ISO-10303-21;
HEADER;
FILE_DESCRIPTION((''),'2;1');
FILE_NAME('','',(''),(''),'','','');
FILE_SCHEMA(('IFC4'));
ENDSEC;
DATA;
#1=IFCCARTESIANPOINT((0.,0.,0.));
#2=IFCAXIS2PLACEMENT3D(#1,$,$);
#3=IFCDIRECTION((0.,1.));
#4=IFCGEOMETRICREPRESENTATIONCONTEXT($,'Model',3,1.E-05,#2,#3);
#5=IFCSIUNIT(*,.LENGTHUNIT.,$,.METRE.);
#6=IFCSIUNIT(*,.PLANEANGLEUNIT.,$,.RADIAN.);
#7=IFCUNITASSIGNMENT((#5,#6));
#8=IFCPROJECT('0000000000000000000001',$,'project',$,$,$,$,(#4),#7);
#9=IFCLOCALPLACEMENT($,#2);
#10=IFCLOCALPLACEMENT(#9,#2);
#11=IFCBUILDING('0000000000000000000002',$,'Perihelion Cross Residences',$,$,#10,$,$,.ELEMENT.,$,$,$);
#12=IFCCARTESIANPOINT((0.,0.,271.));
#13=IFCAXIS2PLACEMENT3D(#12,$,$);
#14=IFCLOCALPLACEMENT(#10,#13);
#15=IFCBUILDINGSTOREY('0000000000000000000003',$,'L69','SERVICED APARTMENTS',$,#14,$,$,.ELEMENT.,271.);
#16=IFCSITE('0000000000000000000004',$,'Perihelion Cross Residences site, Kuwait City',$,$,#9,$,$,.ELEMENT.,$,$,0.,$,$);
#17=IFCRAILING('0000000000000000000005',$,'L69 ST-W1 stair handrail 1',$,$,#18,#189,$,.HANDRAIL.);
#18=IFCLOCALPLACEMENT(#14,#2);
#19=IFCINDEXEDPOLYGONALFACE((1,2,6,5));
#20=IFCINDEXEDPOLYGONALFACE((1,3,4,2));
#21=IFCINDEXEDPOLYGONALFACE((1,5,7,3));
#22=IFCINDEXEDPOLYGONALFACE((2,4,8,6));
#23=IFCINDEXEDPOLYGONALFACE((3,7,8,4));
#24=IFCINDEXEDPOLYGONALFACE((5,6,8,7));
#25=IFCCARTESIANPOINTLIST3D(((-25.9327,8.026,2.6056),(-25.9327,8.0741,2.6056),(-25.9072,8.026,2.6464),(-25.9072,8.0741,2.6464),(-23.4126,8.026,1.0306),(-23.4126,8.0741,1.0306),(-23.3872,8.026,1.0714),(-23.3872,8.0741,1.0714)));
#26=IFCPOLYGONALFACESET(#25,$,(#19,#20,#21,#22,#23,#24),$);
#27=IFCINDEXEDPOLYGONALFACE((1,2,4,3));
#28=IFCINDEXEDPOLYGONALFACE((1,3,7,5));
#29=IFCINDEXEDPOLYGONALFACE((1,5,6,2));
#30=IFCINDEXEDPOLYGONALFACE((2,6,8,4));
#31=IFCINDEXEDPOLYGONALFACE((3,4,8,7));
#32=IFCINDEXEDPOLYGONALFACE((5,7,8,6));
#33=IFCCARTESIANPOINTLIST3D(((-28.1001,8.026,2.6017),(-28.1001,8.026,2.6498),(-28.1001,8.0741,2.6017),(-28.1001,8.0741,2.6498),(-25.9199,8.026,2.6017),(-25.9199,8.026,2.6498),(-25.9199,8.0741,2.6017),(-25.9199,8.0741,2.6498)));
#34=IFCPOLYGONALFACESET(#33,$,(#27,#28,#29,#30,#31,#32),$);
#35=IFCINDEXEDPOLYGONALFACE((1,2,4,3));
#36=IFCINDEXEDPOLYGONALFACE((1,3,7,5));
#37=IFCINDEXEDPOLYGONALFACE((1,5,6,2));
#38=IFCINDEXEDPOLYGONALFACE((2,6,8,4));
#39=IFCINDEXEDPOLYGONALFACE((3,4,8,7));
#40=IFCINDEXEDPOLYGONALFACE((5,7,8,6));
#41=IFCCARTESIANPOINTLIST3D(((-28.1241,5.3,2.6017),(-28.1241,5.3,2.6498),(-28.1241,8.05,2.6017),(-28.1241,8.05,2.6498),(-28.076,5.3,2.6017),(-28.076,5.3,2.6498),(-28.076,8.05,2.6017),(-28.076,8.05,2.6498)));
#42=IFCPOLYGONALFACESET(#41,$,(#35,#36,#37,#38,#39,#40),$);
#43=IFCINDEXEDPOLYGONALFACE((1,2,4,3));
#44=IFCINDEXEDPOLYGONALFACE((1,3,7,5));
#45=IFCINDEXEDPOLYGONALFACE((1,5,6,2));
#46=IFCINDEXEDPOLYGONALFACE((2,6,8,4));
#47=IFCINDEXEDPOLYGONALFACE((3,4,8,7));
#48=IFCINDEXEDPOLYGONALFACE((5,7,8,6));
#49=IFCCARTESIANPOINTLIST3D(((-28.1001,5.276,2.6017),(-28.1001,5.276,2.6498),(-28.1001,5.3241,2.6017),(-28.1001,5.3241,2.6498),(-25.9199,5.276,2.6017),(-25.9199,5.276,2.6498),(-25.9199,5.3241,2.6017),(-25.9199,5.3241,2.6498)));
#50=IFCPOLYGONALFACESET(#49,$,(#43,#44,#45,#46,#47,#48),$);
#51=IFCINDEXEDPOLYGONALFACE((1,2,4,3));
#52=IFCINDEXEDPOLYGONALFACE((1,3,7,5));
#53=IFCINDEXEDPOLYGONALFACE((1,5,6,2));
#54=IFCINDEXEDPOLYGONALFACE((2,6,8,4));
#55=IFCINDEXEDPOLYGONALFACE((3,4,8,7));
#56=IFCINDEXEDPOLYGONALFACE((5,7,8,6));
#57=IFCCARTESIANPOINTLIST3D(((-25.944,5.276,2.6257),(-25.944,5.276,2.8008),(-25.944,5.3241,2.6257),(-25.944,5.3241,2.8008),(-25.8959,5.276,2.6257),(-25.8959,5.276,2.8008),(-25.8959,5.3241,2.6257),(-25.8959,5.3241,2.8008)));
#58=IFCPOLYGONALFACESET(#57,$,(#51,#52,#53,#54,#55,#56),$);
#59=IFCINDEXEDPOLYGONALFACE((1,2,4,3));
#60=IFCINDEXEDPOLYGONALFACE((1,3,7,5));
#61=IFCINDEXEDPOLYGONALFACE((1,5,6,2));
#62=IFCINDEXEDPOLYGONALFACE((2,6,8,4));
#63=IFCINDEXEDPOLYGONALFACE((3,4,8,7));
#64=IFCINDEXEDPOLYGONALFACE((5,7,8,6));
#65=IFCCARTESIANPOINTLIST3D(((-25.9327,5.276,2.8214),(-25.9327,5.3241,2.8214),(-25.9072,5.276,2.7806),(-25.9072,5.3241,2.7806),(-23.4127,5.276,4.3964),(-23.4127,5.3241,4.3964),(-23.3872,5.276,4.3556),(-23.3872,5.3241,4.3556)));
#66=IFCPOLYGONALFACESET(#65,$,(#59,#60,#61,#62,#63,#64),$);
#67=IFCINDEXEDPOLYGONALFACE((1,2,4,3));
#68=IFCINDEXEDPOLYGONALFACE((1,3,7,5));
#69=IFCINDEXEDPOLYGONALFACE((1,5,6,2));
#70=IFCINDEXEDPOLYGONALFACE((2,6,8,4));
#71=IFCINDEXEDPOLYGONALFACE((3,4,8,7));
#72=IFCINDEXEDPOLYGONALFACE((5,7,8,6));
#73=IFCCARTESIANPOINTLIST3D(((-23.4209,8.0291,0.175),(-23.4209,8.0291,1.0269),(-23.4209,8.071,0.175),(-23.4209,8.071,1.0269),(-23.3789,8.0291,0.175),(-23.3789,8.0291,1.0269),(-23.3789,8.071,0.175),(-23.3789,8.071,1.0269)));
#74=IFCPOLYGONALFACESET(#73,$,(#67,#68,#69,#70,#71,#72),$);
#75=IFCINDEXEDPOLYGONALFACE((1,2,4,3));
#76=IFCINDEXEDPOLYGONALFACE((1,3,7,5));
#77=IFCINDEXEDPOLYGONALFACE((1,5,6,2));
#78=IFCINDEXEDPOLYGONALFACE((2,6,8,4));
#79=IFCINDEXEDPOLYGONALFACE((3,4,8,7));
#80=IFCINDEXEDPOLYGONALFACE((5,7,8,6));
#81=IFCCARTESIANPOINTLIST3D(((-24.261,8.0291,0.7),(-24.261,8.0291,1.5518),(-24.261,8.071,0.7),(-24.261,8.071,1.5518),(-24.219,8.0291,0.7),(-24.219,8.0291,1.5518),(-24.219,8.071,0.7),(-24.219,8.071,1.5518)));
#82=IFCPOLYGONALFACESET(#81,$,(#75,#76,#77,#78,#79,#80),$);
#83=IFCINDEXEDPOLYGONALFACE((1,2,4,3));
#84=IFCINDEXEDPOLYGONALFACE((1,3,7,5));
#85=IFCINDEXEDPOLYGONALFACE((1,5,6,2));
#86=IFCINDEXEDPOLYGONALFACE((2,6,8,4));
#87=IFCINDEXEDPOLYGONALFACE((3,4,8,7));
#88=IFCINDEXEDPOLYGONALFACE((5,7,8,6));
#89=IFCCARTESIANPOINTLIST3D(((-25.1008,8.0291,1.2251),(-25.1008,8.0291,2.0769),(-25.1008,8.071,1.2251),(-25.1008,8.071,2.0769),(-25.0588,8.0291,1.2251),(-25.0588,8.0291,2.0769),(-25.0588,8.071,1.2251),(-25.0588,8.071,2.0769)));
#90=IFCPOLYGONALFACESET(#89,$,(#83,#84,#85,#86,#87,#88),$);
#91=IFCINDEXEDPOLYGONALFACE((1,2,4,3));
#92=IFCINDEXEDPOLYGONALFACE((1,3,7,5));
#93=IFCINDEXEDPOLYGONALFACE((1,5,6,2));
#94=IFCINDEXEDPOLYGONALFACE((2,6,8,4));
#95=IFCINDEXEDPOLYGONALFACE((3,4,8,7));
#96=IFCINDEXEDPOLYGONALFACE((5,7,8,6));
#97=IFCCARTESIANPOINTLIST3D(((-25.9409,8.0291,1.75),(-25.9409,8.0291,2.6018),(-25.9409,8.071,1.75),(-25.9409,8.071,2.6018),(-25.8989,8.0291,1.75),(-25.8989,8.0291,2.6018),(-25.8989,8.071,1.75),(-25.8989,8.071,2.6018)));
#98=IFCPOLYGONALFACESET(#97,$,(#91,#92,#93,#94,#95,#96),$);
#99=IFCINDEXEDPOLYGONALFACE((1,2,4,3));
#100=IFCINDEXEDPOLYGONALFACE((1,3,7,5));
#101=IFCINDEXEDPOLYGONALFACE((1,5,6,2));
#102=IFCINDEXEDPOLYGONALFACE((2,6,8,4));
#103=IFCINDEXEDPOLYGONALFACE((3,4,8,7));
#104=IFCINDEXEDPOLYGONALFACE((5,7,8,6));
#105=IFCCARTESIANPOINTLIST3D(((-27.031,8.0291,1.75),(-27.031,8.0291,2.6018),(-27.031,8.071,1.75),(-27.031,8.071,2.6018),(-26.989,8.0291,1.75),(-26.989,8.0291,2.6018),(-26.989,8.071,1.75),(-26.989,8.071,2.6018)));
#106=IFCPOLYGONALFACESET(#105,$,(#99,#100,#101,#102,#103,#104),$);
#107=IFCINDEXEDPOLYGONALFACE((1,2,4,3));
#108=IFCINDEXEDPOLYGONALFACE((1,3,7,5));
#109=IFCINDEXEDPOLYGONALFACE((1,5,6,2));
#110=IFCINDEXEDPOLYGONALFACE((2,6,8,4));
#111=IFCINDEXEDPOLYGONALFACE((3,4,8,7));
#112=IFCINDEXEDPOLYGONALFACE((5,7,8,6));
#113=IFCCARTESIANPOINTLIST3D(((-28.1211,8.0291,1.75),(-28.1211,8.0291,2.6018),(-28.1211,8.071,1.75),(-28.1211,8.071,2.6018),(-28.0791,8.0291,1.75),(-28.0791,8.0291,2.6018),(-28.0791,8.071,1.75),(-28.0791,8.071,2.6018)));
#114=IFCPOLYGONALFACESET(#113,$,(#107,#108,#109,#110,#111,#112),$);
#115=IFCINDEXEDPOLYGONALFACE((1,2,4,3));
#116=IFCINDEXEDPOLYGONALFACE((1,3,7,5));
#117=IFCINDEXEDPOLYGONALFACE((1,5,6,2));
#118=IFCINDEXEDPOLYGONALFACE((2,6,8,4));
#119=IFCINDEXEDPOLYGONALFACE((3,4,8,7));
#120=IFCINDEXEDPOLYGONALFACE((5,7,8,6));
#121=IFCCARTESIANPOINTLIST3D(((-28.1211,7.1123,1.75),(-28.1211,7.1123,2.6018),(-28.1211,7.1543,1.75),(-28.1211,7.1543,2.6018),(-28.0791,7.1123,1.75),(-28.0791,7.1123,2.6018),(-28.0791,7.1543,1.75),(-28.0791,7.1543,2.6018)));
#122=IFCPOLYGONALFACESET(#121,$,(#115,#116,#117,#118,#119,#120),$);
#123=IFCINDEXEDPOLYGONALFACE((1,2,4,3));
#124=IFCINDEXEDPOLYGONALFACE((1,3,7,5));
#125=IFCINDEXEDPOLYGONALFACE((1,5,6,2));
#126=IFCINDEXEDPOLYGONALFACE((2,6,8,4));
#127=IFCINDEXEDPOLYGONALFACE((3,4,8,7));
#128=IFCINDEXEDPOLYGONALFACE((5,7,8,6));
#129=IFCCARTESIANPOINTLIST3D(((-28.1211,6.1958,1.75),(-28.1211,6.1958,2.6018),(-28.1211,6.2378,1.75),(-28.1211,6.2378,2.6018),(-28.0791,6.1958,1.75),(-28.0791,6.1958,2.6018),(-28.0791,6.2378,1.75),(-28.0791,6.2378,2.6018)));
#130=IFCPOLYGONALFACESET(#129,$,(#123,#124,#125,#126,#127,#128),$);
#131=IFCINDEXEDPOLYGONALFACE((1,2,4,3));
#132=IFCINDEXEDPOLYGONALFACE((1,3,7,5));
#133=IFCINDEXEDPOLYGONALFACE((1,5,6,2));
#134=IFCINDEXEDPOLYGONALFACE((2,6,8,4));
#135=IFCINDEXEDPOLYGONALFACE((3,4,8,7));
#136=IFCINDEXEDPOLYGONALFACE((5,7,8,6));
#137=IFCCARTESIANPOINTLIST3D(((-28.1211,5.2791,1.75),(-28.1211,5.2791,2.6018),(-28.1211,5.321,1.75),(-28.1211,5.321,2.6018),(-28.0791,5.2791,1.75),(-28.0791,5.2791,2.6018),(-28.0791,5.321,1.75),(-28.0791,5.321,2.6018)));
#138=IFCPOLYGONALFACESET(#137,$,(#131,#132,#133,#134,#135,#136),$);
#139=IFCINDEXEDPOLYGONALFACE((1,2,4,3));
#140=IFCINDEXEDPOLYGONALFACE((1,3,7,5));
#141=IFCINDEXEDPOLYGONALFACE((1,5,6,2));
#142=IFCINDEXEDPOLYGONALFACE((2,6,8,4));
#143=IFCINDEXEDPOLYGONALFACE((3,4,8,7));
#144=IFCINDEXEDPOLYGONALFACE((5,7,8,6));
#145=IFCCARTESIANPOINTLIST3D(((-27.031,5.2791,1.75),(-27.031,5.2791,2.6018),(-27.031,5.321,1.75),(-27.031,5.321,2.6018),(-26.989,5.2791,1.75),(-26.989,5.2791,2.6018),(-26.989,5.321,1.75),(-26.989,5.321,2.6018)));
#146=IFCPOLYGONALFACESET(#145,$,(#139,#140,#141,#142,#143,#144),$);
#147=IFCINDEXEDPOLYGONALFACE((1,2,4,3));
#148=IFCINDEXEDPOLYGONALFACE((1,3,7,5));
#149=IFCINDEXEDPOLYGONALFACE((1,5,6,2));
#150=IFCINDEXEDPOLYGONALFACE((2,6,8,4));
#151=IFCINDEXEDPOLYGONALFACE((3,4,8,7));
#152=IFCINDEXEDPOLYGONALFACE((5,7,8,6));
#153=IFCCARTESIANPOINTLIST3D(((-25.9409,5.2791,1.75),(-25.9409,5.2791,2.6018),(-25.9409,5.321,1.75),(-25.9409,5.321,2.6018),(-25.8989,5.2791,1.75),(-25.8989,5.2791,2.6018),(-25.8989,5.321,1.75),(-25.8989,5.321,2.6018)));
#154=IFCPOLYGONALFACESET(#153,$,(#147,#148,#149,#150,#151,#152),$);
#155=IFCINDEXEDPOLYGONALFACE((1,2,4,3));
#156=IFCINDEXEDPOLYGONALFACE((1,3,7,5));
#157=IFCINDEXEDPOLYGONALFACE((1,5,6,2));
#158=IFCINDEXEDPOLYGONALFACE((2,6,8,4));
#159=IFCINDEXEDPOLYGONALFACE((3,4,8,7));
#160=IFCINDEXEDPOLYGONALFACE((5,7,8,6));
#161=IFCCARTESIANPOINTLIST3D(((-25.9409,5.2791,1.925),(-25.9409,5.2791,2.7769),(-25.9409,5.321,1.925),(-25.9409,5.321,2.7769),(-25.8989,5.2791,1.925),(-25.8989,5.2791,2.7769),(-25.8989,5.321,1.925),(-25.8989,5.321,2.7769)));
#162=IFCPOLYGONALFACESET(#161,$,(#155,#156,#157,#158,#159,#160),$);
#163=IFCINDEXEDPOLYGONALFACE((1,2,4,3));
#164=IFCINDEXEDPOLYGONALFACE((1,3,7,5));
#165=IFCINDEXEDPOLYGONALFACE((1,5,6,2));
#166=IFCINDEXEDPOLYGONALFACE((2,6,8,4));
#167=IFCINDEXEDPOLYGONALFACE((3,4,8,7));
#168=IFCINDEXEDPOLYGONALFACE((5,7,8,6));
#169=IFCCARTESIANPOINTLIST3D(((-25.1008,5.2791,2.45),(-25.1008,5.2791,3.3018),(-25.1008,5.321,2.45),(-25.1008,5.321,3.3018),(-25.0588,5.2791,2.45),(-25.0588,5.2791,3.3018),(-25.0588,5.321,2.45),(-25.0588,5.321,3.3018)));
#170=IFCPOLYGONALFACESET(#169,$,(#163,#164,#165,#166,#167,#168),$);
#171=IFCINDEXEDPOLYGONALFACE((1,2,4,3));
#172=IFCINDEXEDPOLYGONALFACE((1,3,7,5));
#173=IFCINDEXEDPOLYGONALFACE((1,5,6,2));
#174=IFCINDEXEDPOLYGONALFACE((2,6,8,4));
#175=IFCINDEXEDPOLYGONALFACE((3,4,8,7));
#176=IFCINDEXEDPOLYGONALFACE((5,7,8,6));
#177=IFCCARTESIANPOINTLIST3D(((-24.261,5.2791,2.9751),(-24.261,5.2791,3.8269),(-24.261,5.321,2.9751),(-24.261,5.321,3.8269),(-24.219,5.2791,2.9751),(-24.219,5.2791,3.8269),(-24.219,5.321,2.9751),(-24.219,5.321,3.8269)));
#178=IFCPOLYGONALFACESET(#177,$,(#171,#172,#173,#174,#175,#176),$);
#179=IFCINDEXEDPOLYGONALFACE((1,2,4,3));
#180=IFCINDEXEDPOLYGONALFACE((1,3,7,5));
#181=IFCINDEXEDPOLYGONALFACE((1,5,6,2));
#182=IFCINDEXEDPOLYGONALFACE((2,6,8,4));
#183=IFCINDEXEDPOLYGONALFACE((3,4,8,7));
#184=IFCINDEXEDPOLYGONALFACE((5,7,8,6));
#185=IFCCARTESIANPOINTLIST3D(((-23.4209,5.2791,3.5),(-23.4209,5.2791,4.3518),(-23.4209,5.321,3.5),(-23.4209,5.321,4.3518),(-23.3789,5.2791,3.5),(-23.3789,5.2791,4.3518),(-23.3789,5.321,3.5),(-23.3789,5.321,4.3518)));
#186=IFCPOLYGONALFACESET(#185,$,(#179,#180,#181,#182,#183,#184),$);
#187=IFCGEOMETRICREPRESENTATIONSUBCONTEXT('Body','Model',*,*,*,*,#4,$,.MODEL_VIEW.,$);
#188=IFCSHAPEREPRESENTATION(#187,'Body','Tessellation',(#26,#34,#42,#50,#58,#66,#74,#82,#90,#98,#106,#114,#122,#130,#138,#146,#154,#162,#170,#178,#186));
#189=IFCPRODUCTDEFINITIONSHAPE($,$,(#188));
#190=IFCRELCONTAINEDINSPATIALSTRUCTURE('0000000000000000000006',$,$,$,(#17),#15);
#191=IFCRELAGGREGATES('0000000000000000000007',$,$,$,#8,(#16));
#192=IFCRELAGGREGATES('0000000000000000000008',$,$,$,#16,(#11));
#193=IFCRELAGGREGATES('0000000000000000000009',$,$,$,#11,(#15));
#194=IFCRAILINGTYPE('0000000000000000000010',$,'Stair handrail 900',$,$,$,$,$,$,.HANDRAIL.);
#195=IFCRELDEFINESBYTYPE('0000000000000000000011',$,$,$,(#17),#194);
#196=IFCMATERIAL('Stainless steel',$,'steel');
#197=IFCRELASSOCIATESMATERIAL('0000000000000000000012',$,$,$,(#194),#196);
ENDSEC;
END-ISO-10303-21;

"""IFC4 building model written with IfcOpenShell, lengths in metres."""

from ifc_helpers import new_model, si_unit, direction, frame, origin, origin_2d, place, context, subcontext, project, spatial, rectangle, extrude, material, type_object, element, save


model = new_model("IFC4")

# Units and contexts
model_context = context("Model", 3, precision=1e-05, world=origin(), true_north=direction((0.0, 1.0)))
body_context = subcontext(model_context, "Body", "Model", "MODEL_VIEW")
ifc_project = project(units=[si_unit("LENGTHUNIT", "METRE"), si_unit("PLANEANGLEUNIT", "RADIAN")], contexts=[model_context])

# Site, building, storey
site_placement = place(None, origin())
site = spatial("IfcSite", under=ifc_project, at=site_placement, Name="Perihelion Cross Residences site, Kuwait City", CompositionType="ELEMENT", RefElevation=0.0)
building_placement = place(site_placement, origin())
building = spatial("IfcBuilding", under=site, at=building_placement, Name="Perihelion Cross Residences", CompositionType="ELEMENT")
storey_placement = place(building_placement, frame((0.0, 0.0, 271.0)))
storey = spatial("IfcBuildingStorey", under=building, at=storey_placement, Name="L69", Description="SERVICED APARTMENTS", CompositionType="ELEMENT", Elevation=271.0)

# Railing
ifc_material_1 = material(Name="Stainless steel", Category="steel")
railing_type_1 = type_object("IfcRailingType", Name="Stair handrail 900", PredefinedType="HANDRAIL", material=ifc_material_1)
railing_1_placement = place(storey_placement, frame((-23.3999, 8.05, 0.175)))
element("IfcRailing", 1, at=railing_1_placement, inside=storey, type_object=railing_type_1, Name="L69 ST-W1 stair handrail 1", PredefinedType="HANDRAIL", context=body_context, shape_type="SweptSolid", body=[
    extrude(rectangle(XDim=0.0481, YDim=0.0481, at=origin_2d()), frame((0.0, 0.0, 0.876), z_axis=(-0.848008, 0.0, 0.529984), x_axis=(0.0, -1.0, 0.0)), (0.0, 0.0, 1.0), 2.9717),
    extrude(rectangle(XDim=0.0481, YDim=0.0481, at=origin_2d()), frame((-2.52, 0.0, 2.4507), z_axis=(-1.0, 0.0, 0.0), x_axis=(0.0, -1.0, 0.0)), (0.0, 0.0, 1.0), 2.1802),
    extrude(rectangle(XDim=0.0481, YDim=0.0481, at=origin_2d()), frame((-4.7002, 0.0, 2.4507), z_axis=(0.0, -1.0, 0.0), x_axis=(1.0, 0.0, 0.0)), (0.0, 0.0, 1.0), 2.75),
    extrude(rectangle(XDim=0.0481, YDim=0.0481, at=origin_2d()), frame((-4.7002, -2.75, 2.4507), z_axis=(1.0, 0.0, 0.0), x_axis=(0.0, 1.0, 0.0)), (0.0, 0.0, 1.0), 2.1802),
    extrude(rectangle(XDim=0.0481, YDim=0.0481, at=origin_2d()), frame((-2.52, -2.75, 2.4507), z_axis=(0.0, 0.0, 1.0), x_axis=(1.0, 0.0, 0.0)), (0.0, 0.0, 1.0), 0.175),
    extrude(rectangle(XDim=0.0481, YDim=0.0481, at=origin_2d()), frame((-2.52, -2.75, 2.626), z_axis=(0.848008, 0.0, 0.529984), x_axis=(0.0, 1.0, 0.0)), (0.0, 0.0, 1.0), 2.9717),
    extrude(rectangle(XDim=0.042, YDim=0.042, at=origin_2d()), origin(), (0.0, 0.0, 1.0), 0.8518),
    extrude(rectangle(XDim=0.042, YDim=0.042, at=origin_2d()), frame((-0.8401, 0.0, 0.5249)), (0.0, 0.0, 1.0), 0.8518),
    extrude(rectangle(XDim=0.042, YDim=0.042, at=origin_2d()), frame((-1.6799, 0.0, 1.05)), (0.0, 0.0, 1.0), 0.8518),
    extrude(rectangle(XDim=0.042, YDim=0.042, at=origin_2d()), frame((-2.52, 0.0, 1.575)), (0.0, 0.0, 1.0), 0.8518),
    extrude(rectangle(XDim=0.042, YDim=0.042, at=origin_2d()), frame((-3.6101, 0.0, 1.575)), (0.0, 0.0, 1.0), 0.8518),
    extrude(rectangle(XDim=0.042, YDim=0.042, at=origin_2d()), frame((-4.7002, 0.0, 1.575)), (0.0, 0.0, 1.0), 0.8518),
    extrude(rectangle(XDim=0.042, YDim=0.042, at=origin_2d()), frame((-4.7002, -0.9167, 1.575)), (0.0, 0.0, 1.0), 0.8518),
    extrude(rectangle(XDim=0.042, YDim=0.042, at=origin_2d()), frame((-4.7002, -1.8333, 1.575)), (0.0, 0.0, 1.0), 0.8518),
    extrude(rectangle(XDim=0.042, YDim=0.042, at=origin_2d()), frame((-4.7002, -2.75, 1.575)), (0.0, 0.0, 1.0), 0.8518),
    extrude(rectangle(XDim=0.042, YDim=0.042, at=origin_2d()), frame((-3.6101, -2.75, 1.575)), (0.0, 0.0, 1.0), 0.8518),
    extrude(rectangle(XDim=0.042, YDim=0.042, at=origin_2d()), frame((-2.52, -2.75, 1.575)), (0.0, 0.0, 1.0), 0.8518),
    extrude(rectangle(XDim=0.042, YDim=0.042, at=origin_2d()), frame((-2.52, -2.75, 1.75)), (0.0, 0.0, 1.0), 0.8518),
    extrude(rectangle(XDim=0.042, YDim=0.042, at=origin_2d()), frame((-1.6799, -2.75, 2.2749)), (0.0, 0.0, 1.0), 0.8518),
    extrude(rectangle(XDim=0.042, YDim=0.042, at=origin_2d()), frame((-0.8401, -2.75, 2.8)), (0.0, 0.0, 1.0), 0.8518),
    extrude(rectangle(XDim=0.042, YDim=0.042, at=origin_2d()), frame((0.0, -2.75, 3.325)), (0.0, 0.0, 1.0), 0.8518),
])

save(model, "model.ifc")
